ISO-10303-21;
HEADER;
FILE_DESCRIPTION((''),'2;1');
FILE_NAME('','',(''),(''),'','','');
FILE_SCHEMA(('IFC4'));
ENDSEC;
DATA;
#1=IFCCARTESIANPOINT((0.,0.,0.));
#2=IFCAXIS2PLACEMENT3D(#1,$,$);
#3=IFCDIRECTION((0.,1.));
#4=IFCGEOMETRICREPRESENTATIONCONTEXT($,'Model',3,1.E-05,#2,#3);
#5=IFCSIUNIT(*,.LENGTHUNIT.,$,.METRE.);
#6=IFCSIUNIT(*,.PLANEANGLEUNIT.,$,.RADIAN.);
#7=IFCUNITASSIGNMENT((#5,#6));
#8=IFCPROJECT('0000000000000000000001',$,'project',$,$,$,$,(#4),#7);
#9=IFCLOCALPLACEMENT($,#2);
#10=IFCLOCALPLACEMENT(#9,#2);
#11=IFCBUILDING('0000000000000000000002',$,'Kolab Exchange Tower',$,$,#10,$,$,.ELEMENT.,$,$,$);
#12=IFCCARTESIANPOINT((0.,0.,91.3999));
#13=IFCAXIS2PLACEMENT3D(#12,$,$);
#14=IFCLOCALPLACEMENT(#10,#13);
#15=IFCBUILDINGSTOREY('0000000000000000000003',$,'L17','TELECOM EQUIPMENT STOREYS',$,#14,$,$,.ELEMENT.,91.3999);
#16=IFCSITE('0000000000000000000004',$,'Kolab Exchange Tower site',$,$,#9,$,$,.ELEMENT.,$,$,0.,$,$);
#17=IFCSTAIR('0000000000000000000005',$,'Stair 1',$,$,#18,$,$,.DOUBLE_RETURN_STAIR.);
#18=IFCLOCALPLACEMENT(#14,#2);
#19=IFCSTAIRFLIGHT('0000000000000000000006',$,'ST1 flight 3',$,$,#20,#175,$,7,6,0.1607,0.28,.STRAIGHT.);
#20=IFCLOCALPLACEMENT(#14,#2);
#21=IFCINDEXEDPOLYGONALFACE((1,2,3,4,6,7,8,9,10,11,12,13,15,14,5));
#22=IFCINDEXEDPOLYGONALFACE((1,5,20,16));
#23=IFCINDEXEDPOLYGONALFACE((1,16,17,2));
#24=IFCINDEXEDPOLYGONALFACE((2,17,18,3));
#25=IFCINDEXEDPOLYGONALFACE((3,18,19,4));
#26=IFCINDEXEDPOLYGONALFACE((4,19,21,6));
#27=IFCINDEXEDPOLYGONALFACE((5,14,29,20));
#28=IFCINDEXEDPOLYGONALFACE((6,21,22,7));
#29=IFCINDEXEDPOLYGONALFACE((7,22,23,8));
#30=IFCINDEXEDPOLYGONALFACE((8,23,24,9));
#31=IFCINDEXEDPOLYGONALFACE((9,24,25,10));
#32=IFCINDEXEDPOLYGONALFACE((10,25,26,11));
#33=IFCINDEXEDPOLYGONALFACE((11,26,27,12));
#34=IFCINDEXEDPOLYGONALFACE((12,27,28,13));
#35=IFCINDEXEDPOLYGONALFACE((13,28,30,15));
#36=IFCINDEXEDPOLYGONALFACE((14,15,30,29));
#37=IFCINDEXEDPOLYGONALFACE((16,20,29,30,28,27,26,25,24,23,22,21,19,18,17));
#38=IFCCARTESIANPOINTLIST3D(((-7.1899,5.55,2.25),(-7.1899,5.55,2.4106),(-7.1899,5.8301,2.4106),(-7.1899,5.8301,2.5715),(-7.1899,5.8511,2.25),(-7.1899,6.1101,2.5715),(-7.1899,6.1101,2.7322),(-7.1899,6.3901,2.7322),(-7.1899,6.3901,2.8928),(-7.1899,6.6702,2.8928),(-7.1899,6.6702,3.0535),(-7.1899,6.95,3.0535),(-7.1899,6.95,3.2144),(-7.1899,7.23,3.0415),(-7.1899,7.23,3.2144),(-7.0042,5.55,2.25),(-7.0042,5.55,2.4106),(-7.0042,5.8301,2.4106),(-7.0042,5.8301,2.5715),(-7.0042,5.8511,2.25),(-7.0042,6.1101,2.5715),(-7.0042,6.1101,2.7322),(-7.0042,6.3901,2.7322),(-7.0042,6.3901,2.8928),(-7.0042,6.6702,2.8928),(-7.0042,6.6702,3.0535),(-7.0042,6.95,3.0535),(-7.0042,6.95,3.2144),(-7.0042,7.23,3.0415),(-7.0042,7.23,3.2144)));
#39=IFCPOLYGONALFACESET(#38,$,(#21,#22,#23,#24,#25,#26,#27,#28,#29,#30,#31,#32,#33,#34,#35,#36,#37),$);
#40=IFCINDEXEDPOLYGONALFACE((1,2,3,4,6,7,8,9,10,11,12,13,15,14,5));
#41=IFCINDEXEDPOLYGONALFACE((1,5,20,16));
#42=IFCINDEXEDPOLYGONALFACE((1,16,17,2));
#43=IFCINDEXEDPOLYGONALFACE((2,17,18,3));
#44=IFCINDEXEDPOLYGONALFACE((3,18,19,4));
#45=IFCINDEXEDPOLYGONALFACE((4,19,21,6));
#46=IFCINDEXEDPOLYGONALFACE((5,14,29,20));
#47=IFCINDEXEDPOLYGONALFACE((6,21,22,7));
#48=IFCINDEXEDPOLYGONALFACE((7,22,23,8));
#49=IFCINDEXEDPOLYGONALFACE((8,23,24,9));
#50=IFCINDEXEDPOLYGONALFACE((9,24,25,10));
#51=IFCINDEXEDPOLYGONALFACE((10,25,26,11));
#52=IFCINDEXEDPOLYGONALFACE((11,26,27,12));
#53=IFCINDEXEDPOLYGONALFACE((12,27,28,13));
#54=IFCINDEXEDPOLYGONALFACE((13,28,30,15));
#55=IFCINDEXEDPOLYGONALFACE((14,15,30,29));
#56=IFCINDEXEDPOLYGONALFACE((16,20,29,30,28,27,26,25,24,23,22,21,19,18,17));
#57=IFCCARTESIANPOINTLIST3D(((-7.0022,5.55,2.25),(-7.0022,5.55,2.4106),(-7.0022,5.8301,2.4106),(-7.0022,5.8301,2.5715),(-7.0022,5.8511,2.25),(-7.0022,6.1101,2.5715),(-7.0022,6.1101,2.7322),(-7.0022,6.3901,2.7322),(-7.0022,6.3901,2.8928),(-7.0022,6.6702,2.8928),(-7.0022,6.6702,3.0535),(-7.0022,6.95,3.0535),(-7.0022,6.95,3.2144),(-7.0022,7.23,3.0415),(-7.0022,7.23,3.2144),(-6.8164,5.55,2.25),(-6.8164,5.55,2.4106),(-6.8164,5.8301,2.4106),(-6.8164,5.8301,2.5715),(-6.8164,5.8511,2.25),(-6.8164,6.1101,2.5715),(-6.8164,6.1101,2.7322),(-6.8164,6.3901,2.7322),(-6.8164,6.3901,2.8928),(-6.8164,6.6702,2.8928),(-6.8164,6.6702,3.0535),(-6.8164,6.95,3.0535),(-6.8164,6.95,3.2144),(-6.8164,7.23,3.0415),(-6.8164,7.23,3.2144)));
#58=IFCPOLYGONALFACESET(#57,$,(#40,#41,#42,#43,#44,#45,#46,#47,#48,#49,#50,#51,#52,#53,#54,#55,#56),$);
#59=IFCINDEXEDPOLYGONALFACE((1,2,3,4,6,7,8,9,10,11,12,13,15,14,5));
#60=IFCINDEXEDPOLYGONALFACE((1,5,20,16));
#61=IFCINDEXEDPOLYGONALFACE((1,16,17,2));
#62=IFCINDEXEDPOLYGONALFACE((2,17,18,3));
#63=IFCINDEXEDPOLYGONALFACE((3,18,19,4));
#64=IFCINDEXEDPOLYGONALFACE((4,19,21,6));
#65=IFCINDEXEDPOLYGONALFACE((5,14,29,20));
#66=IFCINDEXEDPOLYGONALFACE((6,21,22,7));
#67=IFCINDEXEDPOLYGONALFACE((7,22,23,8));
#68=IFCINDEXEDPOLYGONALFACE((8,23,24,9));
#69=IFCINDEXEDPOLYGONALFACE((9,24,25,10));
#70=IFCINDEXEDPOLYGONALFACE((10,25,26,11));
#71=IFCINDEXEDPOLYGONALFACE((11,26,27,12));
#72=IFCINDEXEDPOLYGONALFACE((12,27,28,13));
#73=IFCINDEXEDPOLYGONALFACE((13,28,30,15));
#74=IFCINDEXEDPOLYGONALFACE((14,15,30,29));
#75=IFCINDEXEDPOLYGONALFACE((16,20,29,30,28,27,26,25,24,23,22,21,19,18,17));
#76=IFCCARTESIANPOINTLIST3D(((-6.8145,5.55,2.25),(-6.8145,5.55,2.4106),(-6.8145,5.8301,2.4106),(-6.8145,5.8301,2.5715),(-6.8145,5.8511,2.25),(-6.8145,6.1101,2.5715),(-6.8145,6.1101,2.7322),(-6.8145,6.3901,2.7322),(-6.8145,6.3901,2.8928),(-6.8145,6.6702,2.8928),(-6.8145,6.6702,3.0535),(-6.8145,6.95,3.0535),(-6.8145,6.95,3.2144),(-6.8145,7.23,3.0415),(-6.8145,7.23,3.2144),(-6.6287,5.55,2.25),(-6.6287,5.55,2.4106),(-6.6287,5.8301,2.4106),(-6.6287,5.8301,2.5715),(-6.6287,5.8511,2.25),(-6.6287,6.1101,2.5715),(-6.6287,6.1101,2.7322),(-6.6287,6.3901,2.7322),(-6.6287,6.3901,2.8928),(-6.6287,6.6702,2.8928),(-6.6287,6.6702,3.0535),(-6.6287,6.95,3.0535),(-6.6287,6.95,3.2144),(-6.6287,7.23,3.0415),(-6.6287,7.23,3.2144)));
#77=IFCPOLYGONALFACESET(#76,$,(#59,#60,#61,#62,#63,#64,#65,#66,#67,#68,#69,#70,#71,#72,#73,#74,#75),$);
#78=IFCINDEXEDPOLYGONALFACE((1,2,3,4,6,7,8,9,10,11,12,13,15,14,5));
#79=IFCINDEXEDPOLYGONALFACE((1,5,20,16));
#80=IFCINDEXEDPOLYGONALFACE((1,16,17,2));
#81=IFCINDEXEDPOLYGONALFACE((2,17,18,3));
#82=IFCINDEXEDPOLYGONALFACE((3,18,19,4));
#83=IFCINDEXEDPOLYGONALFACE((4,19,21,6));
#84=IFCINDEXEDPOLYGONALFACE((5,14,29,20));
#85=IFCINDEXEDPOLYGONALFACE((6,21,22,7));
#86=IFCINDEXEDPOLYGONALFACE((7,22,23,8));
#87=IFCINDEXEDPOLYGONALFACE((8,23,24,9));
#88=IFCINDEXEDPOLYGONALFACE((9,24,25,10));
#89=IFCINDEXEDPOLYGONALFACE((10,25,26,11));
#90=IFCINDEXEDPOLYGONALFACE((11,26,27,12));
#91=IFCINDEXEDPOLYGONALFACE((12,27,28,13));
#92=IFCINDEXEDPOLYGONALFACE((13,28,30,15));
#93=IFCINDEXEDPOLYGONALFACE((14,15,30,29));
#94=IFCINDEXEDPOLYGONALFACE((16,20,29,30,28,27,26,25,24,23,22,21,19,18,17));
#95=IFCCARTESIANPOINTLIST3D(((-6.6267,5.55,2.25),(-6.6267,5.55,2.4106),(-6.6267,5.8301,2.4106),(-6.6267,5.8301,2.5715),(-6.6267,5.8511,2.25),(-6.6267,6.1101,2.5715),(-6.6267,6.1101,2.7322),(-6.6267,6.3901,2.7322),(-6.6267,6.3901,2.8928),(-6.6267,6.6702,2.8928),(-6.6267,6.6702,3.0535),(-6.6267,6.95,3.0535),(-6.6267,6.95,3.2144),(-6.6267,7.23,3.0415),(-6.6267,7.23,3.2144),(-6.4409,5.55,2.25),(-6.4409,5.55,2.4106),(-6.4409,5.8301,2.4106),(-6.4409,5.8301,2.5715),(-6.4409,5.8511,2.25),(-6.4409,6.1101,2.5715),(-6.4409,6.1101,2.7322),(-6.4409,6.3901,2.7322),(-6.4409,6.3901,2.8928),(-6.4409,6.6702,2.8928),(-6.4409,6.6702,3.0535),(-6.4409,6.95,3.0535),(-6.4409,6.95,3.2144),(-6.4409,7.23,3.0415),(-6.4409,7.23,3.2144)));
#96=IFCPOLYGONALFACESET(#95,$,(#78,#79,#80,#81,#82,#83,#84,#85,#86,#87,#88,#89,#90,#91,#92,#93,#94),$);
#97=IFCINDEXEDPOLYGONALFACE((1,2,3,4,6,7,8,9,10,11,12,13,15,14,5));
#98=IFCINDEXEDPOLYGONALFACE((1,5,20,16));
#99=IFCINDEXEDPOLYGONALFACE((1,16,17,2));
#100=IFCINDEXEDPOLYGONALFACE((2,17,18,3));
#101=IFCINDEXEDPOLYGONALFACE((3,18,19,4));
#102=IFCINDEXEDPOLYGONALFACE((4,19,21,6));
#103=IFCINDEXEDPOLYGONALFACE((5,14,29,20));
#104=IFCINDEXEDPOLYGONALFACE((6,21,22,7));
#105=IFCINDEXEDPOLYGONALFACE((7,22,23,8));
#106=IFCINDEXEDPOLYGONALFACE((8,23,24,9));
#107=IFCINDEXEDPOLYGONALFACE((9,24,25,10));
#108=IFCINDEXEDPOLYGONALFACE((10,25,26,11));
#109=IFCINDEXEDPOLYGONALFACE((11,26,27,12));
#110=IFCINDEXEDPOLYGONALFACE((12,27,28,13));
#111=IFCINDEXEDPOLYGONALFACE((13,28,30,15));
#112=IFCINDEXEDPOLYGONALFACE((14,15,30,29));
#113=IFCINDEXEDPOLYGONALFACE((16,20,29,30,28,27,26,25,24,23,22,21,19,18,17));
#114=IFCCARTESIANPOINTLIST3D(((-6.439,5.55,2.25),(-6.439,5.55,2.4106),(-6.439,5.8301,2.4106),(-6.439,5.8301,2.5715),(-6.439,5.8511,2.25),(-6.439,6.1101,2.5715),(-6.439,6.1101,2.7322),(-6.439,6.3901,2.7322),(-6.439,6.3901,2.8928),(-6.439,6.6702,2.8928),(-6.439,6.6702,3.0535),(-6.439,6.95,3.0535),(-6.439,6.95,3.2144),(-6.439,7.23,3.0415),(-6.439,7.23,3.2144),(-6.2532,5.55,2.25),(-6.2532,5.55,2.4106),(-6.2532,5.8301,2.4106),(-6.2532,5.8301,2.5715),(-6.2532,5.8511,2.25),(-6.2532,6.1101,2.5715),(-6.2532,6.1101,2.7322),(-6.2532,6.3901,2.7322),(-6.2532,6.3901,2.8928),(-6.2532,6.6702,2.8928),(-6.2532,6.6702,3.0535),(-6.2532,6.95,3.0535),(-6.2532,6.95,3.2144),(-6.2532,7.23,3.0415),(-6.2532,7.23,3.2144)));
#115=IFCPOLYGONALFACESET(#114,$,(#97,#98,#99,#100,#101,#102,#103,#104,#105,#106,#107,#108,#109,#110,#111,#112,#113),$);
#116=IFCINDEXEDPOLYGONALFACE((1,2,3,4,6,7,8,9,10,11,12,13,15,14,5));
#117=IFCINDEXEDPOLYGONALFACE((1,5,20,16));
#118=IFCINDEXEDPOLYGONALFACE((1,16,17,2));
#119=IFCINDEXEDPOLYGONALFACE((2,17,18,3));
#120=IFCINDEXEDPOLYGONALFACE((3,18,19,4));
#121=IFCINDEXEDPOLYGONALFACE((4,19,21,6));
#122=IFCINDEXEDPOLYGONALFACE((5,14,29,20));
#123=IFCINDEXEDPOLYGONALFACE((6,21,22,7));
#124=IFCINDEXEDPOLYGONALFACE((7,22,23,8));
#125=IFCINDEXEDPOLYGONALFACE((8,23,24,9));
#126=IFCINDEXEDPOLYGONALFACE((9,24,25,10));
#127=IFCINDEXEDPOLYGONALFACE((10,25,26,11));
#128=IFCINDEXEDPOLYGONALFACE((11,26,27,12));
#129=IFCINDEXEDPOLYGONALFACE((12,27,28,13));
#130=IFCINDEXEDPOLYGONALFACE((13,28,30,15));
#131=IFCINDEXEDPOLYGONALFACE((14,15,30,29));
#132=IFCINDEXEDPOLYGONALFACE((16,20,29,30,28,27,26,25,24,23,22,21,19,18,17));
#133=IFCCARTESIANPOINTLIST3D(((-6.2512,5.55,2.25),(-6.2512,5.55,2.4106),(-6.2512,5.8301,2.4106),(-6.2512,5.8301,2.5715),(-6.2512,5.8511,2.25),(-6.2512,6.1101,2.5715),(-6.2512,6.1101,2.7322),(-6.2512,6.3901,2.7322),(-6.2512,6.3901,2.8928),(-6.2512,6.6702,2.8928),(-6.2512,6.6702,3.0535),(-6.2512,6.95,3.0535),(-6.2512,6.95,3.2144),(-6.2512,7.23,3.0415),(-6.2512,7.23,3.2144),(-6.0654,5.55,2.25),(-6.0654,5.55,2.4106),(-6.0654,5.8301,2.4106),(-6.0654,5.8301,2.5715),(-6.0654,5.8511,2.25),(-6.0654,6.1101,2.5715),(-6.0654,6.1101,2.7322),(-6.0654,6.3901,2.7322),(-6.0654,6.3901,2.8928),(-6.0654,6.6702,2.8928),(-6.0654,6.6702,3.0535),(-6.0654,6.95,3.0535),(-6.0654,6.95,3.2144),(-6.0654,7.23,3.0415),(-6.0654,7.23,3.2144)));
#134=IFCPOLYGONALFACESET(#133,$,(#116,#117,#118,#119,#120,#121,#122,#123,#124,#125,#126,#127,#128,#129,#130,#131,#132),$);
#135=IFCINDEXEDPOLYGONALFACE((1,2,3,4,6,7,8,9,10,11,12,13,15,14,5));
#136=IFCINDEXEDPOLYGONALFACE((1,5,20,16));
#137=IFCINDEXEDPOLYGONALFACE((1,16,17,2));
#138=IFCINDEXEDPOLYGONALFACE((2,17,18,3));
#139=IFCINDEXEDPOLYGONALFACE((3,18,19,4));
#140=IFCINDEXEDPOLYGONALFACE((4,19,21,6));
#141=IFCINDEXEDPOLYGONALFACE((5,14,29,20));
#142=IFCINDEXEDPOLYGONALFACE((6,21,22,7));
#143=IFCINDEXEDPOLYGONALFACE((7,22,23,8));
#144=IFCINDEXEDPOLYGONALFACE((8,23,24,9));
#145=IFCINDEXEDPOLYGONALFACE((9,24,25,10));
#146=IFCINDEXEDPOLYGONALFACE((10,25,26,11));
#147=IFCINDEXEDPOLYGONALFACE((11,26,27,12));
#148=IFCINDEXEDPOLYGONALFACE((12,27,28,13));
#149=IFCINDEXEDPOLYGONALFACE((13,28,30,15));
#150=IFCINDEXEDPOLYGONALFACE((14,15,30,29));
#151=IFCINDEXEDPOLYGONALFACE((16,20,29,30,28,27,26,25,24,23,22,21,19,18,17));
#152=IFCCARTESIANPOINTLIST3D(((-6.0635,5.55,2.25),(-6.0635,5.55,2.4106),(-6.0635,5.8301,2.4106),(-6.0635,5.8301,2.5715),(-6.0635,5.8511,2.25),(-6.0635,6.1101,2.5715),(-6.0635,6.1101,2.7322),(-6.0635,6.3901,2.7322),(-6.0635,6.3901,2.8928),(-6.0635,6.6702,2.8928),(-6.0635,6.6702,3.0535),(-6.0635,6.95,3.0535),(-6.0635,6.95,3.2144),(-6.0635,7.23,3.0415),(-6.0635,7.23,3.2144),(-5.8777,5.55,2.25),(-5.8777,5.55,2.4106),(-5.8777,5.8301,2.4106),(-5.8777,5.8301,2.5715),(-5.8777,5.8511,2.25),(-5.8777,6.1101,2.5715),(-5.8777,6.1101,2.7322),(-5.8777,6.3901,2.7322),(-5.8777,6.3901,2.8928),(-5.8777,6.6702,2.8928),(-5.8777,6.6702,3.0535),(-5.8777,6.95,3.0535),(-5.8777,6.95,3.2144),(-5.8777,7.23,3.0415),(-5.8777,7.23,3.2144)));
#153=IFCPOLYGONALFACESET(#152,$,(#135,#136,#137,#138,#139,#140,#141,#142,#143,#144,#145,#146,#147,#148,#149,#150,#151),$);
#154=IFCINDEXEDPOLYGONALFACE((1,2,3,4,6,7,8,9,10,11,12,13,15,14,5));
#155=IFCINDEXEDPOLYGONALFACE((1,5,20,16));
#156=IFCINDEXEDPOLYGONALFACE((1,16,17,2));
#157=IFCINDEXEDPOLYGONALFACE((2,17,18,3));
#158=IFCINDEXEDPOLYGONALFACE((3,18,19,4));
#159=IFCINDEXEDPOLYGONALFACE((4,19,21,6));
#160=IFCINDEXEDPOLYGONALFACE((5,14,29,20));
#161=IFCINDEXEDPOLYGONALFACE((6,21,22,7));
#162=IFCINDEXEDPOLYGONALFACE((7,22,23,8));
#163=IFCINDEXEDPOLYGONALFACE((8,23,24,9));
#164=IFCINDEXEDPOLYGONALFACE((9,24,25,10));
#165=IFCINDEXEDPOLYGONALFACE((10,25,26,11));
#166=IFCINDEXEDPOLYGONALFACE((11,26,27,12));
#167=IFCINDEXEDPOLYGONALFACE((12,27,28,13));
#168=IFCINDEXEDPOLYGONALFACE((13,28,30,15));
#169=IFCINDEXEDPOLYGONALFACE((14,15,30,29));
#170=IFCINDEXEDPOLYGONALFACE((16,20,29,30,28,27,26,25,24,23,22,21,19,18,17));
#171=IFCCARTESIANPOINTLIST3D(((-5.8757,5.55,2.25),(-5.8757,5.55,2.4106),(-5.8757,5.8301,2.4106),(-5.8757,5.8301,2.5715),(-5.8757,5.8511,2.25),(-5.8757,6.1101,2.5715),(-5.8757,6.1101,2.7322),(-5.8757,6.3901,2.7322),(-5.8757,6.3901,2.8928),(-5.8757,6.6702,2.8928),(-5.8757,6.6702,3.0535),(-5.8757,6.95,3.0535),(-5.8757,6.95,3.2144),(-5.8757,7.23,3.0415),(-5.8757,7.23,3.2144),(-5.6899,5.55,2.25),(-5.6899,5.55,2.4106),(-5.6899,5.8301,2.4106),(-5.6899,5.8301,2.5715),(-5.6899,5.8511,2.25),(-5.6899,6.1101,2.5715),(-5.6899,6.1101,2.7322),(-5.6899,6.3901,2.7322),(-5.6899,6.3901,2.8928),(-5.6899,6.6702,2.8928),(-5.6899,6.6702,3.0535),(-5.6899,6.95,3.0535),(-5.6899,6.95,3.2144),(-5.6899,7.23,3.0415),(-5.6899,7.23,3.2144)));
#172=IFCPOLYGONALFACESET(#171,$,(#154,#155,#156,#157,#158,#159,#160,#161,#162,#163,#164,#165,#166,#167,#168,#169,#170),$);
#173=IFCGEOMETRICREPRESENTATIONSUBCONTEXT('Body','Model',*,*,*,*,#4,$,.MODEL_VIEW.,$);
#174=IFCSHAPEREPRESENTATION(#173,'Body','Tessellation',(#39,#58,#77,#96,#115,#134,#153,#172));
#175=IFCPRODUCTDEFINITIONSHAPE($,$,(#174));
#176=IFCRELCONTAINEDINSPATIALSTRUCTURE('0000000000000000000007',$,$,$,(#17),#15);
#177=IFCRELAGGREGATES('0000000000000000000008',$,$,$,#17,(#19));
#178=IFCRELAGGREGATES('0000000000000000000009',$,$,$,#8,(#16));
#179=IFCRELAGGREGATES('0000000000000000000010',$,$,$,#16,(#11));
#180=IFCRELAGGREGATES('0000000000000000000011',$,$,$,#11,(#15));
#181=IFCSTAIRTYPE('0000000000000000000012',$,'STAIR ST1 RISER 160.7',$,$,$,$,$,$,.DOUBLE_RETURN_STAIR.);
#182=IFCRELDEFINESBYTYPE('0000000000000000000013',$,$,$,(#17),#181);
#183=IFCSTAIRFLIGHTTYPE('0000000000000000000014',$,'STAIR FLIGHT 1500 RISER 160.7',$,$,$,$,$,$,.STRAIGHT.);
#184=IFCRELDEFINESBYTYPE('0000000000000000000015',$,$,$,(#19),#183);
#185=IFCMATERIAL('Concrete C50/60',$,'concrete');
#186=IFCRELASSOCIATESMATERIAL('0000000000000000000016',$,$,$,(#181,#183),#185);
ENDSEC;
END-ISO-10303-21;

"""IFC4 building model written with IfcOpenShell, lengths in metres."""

from ifc_helpers import new_model, si_unit, direction, frame, origin, place, context, subcontext, project, spatial, polyline, outline, extrude, material, type_object, element, aggregate, save


model = new_model("IFC4")

# Units and contexts
model_context = context("Model", 3, precision=1e-05, world=origin(), true_north=direction((0.0, 1.0)))
body_context = subcontext(model_context, "Body", "Model", "MODEL_VIEW")
ifc_project = project(units=[si_unit("LENGTHUNIT", "METRE"), si_unit("PLANEANGLEUNIT", "RADIAN")], contexts=[model_context])

# Site, building, storey
site_placement = place(None, origin())
site = spatial("IfcSite", under=ifc_project, at=site_placement, Name="Kolab Exchange Tower site", CompositionType="ELEMENT", RefElevation=0.0)
building_placement = place(site_placement, origin())
building = spatial("IfcBuilding", under=site, at=building_placement, Name="Kolab Exchange Tower", CompositionType="ELEMENT")
storey_placement = place(building_placement, frame((0.0, 0.0, 91.3999)))
storey = spatial("IfcBuildingStorey", under=building, at=storey_placement, Name="L17", Description="TELECOM EQUIPMENT STOREYS", CompositionType="ELEMENT", Elevation=91.3999)

# Shared definitions
ifc_material_1 = material(Name="Concrete C50/60", Category="concrete")

# Stair, stair flight
stair_type = type_object("IfcStairType", Name="STAIR ST1 RISER 160.7", PredefinedType="DOUBLE_RETURN_STAIR", material=ifc_material_1)
stair_placement = place(storey_placement, origin())
stair = element("IfcStair", 1, at=stair_placement, inside=storey, type_object=stair_type, Name="Stair 1", PredefinedType="DOUBLE_RETURN_STAIR")
stair_flight_type = type_object("IfcStairFlightType", Name="STAIR FLIGHT 1500 RISER 160.7", PredefinedType="STRAIGHT", material=ifc_material_1)
stair_flight_1_placement = place(storey_placement, frame((-6.4399, 5.55, 2.25), z_axis=(0.0, 0.0, 1.0), x_axis=(0.0, 1.0, 0.0)))
stair_flight_1 = element("IfcStairFlight", 2, at=stair_flight_1_placement, type_object=stair_flight_type, Name="ST1 flight 3", NumberOfRisers=7, NumberOfTreads=6, PredefinedType="STRAIGHT", RiserHeight=0.1607, TreadLength=0.28, context=body_context, shape_type="SweptSolid", body=[
    extrude(outline(polyline([(0.0, 0.0), (0.0, 0.1606), (0.28, 0.1606), (0.28, 0.3215), (0.5601, 0.3215), (0.5601, 0.4822), (0.8401, 0.4822), (0.8401, 0.6428), (1.1201, 0.6428), (1.1201, 0.8035), (1.3999, 0.8035), (1.3999, 0.9644), (1.6799, 0.9644), (1.6799, 1.125), (1.6799, 0.7915), (0.301, 0.0), (0.0, 0.0)])), frame((0.0, 0.75, 0.0), z_axis=(0.0, -1.0, 0.0), x_axis=(1.0, 0.0, 0.0)), (0.0, 0.0, 1.0), 0.1858),
    extrude(outline(polyline([(0.0, 0.0), (0.0, 0.1606), (0.28, 0.1606), (0.28, 0.3215), (0.5601, 0.3215), (0.5601, 0.4822), (0.8401, 0.4822), (0.8401, 0.6428), (1.1201, 0.6428), (1.1201, 0.8035), (1.3999, 0.8035), (1.3999, 0.9644), (1.6799, 0.9644), (1.6799, 1.125), (1.6799, 0.7915), (0.301, 0.0), (0.0, 0.0)])), frame((0.0, 0.5623, 0.0), z_axis=(0.0, -1.0, 0.0), x_axis=(1.0, 0.0, 0.0)), (0.0, 0.0, 1.0), 0.1858),
    extrude(outline(polyline([(0.0, 0.0), (0.0, 0.1606), (0.28, 0.1606), (0.28, 0.3215), (0.5601, 0.3215), (0.5601, 0.4822), (0.8401, 0.4822), (0.8401, 0.6428), (1.1201, 0.6428), (1.1201, 0.8035), (1.3999, 0.8035), (1.3999, 0.9644), (1.6799, 0.9644), (1.6799, 1.125), (1.6799, 0.7915), (0.301, 0.0), (0.0, 0.0)])), frame((0.0, 0.3745, 0.0), z_axis=(0.0, -1.0, 0.0), x_axis=(1.0, 0.0, 0.0)), (0.0, 0.0, 1.0), 0.1858),
    extrude(outline(polyline([(0.0, 0.0), (0.0, 0.1606), (0.28, 0.1606), (0.28, 0.3215), (0.5601, 0.3215), (0.5601, 0.4822), (0.8401, 0.4822), (0.8401, 0.6428), (1.1201, 0.6428), (1.1201, 0.8035), (1.3999, 0.8035), (1.3999, 0.9644), (1.6799, 0.9644), (1.6799, 1.125), (1.6799, 0.7915), (0.301, 0.0), (0.0, 0.0)])), frame((0.0, 0.1868, 0.0), z_axis=(0.0, -1.0, 0.0), x_axis=(1.0, 0.0, 0.0)), (0.0, 0.0, 1.0), 0.1858),
    extrude(outline(polyline([(0.0, 0.0), (0.0, 0.1606), (0.28, 0.1606), (0.28, 0.3215), (0.5601, 0.3215), (0.5601, 0.4822), (0.8401, 0.4822), (0.8401, 0.6428), (1.1201, 0.6428), (1.1201, 0.8035), (1.3999, 0.8035), (1.3999, 0.9644), (1.6799, 0.9644), (1.6799, 1.125), (1.6799, 0.7915), (0.301, 0.0), (0.0, 0.0)])), frame((0.0, -0.001, 0.0), z_axis=(0.0, -1.0, 0.0), x_axis=(1.0, 0.0, 0.0)), (0.0, 0.0, 1.0), 0.1858),
    extrude(outline(polyline([(0.0, 0.0), (0.0, 0.1606), (0.28, 0.1606), (0.28, 0.3215), (0.5601, 0.3215), (0.5601, 0.4822), (0.8401, 0.4822), (0.8401, 0.6428), (1.1201, 0.6428), (1.1201, 0.8035), (1.3999, 0.8035), (1.3999, 0.9644), (1.6799, 0.9644), (1.6799, 1.125), (1.6799, 0.7915), (0.301, 0.0), (0.0, 0.0)])), frame((0.0, -0.1887, 0.0), z_axis=(0.0, -1.0, 0.0), x_axis=(1.0, 0.0, 0.0)), (0.0, 0.0, 1.0), 0.1858),
    extrude(outline(polyline([(0.0, 0.0), (0.0, 0.1606), (0.28, 0.1606), (0.28, 0.3215), (0.5601, 0.3215), (0.5601, 0.4822), (0.8401, 0.4822), (0.8401, 0.6428), (1.1201, 0.6428), (1.1201, 0.8035), (1.3999, 0.8035), (1.3999, 0.9644), (1.6799, 0.9644), (1.6799, 1.125), (1.6799, 0.7915), (0.301, 0.0), (0.0, 0.0)])), frame((0.0, -0.3765, 0.0), z_axis=(0.0, -1.0, 0.0), x_axis=(1.0, 0.0, 0.0)), (0.0, 0.0, 1.0), 0.1858),
    extrude(outline(polyline([(0.0, 0.0), (0.0, 0.1606), (0.28, 0.1606), (0.28, 0.3215), (0.5601, 0.3215), (0.5601, 0.4822), (0.8401, 0.4822), (0.8401, 0.6428), (1.1201, 0.6428), (1.1201, 0.8035), (1.3999, 0.8035), (1.3999, 0.9644), (1.6799, 0.9644), (1.6799, 1.125), (1.6799, 0.7915), (0.301, 0.0), (0.0, 0.0)])), frame((0.0, -0.5642, 0.0), z_axis=(0.0, -1.0, 0.0), x_axis=(1.0, 0.0, 0.0)), (0.0, 0.0, 1.0), 0.1858),
])
aggregate(stair, [stair_flight_1])

save(model, "model.ifc")
